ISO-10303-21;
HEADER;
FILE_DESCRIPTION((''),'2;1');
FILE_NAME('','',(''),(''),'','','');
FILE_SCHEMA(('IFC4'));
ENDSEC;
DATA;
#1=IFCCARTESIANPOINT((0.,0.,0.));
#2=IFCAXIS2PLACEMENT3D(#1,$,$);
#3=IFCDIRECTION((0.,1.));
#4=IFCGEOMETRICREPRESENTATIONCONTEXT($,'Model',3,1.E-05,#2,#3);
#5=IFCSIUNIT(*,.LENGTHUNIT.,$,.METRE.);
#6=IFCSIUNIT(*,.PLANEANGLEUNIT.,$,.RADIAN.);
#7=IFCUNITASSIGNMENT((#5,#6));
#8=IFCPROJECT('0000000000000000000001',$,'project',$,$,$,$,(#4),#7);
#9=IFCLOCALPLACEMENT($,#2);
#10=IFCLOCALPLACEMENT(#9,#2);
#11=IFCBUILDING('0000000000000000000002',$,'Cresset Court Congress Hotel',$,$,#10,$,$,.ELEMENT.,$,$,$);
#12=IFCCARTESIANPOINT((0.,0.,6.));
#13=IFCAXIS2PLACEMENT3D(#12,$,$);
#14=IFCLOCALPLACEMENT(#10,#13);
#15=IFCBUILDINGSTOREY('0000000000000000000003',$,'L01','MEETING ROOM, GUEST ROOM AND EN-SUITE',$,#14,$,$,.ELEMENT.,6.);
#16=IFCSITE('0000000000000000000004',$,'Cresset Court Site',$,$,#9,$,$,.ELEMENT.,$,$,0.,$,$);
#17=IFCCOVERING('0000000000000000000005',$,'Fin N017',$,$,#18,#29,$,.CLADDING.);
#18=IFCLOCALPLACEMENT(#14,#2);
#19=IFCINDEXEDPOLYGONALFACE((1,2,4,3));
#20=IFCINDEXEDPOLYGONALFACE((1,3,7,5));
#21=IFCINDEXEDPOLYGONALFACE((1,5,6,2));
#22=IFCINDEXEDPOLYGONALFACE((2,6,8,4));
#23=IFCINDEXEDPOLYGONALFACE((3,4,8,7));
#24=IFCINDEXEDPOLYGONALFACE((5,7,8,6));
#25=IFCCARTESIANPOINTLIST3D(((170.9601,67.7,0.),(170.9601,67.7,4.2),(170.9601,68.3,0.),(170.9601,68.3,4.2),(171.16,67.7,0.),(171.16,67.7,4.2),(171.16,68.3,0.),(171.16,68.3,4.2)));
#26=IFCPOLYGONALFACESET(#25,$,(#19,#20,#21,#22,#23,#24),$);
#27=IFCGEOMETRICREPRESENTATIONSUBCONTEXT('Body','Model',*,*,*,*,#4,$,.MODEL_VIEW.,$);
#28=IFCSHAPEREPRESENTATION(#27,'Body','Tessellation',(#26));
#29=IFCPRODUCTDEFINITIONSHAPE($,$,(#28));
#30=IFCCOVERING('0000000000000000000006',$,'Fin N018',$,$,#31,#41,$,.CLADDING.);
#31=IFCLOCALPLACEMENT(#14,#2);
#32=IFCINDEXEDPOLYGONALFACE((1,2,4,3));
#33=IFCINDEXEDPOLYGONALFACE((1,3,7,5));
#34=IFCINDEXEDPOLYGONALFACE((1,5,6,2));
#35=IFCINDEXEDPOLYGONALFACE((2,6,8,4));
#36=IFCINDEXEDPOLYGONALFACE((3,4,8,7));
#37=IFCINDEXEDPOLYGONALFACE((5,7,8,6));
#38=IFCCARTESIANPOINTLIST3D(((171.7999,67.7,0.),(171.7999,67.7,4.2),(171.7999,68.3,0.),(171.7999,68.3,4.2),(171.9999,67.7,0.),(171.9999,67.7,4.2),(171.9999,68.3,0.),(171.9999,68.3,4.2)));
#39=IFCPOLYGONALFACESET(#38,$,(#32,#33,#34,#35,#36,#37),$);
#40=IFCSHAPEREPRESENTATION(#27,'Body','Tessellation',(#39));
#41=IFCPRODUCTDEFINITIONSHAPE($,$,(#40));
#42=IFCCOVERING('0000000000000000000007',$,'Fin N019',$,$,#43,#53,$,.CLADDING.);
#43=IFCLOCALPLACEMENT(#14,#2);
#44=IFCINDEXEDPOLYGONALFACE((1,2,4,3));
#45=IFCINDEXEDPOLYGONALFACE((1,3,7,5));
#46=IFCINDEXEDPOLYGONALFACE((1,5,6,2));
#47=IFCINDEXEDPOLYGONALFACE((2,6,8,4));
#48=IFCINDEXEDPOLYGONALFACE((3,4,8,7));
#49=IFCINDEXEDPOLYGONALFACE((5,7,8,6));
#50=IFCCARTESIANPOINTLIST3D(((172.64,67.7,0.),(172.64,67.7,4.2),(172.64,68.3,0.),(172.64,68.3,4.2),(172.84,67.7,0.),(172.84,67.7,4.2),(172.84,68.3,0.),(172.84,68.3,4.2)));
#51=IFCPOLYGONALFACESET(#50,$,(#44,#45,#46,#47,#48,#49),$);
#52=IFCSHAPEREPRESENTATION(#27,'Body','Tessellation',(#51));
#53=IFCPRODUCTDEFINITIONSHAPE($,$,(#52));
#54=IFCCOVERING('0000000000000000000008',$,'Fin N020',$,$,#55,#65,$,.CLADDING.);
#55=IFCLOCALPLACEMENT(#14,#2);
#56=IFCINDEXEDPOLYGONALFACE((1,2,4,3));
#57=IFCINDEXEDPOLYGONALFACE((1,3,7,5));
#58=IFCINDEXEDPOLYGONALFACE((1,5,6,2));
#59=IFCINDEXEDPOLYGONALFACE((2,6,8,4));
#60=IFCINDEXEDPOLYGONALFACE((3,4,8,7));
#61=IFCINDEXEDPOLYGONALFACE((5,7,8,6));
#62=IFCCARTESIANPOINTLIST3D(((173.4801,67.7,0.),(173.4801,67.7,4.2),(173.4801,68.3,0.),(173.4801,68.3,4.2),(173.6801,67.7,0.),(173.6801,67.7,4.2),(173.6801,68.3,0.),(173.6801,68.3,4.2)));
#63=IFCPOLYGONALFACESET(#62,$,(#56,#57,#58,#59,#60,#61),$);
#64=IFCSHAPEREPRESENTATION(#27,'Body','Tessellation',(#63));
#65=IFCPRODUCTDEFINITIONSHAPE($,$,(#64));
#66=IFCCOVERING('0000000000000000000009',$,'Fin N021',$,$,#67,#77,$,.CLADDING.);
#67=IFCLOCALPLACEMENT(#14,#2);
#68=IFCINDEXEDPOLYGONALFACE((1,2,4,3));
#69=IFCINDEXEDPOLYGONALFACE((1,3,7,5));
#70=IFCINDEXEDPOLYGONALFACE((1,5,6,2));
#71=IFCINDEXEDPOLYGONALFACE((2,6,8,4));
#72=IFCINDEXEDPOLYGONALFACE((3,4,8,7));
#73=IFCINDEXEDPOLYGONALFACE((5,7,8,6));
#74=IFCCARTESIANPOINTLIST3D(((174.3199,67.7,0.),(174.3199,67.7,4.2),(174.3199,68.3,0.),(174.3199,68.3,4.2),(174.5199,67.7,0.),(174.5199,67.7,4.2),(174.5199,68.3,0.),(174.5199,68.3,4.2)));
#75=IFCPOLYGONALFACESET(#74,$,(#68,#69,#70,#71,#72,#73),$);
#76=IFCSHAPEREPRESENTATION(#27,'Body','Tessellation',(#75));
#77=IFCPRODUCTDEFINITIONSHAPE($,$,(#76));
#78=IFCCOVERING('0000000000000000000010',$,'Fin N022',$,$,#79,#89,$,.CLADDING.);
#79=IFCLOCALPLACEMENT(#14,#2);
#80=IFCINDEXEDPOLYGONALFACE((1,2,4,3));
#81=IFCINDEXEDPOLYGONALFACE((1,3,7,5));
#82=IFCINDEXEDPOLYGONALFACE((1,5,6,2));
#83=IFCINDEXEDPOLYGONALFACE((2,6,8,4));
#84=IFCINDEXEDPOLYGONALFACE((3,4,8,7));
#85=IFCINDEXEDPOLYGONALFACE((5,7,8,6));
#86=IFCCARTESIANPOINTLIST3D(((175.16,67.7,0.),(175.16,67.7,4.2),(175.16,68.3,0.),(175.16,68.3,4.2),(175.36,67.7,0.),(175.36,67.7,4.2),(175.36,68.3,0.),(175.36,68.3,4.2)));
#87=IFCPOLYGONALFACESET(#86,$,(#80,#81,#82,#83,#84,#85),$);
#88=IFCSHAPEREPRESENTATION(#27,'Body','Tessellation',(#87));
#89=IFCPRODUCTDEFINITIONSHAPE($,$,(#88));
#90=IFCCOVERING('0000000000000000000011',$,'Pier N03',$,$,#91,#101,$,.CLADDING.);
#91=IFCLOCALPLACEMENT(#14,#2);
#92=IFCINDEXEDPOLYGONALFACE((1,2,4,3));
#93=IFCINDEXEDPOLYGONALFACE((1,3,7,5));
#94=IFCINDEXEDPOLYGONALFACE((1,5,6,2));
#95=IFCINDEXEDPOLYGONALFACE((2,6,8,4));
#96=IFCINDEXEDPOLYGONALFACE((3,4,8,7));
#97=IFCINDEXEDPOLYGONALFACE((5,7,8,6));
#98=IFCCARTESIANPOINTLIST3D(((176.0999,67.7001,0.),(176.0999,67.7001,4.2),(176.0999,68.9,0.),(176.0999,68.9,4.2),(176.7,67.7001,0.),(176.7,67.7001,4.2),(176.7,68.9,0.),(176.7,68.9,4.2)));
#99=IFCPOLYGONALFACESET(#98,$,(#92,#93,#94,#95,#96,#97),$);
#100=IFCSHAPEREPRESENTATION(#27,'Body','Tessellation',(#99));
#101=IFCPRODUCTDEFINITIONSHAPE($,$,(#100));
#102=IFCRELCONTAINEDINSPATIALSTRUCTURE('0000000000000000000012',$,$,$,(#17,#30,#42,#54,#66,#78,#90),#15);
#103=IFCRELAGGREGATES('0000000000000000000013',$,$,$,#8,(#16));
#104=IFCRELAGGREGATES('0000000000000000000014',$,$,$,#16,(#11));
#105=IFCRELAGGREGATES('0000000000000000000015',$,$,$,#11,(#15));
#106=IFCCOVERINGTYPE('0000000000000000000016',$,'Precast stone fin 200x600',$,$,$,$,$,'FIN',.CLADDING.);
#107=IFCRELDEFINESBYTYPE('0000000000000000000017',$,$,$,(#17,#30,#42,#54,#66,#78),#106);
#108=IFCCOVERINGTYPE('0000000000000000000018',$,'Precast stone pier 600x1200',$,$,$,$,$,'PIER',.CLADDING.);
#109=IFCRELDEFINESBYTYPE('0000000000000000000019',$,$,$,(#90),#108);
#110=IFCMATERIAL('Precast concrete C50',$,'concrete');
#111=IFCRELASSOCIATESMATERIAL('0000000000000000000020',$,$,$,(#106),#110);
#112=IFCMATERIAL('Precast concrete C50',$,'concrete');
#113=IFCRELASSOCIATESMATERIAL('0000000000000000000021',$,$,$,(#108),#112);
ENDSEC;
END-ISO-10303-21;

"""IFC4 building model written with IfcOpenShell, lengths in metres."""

from ifc_helpers import new_model, si_unit, direction, frame, origin, origin_2d, place, context, subcontext, project, spatial, rectangle, extrude, material, type_object, element, save


model = new_model("IFC4")

# Units and contexts
model_context = context("Model", 3, precision=1e-05, world=origin(), true_north=direction((0.0, 1.0)))
body_context = subcontext(model_context, "Body", "Model", "MODEL_VIEW")
ifc_project = project(units=[si_unit("LENGTHUNIT", "METRE"), si_unit("PLANEANGLEUNIT", "RADIAN")], contexts=[model_context])

# Site, building, storey
site_placement = place(None, origin())
site = spatial("IfcSite", under=ifc_project, at=site_placement, Name="Cresset Court Site", CompositionType="ELEMENT", RefElevation=0.0)
building_placement = place(site_placement, origin())
building = spatial("IfcBuilding", under=site, at=building_placement, Name="Cresset Court Congress Hotel", CompositionType="ELEMENT")
storey_placement = place(building_placement, frame((0.0, 0.0, 6.0)))
storey = spatial("IfcBuildingStorey", under=building, at=storey_placement, Name="L01", Description="MEETING ROOM, GUEST ROOM AND EN-SUITE", CompositionType="ELEMENT", Elevation=6.0)

# Coverings
ifc_material_1 = material(Name="Precast concrete C50", Category="concrete")
covering_type_1 = type_object("IfcCoveringType", Name="Precast stone fin 200x600", ElementType="FIN", PredefinedType="CLADDING", material=ifc_material_1)
for number, where, z_axis, x_axis, name in (
    (1, (171.0601, 68.0, 0.0), (0.0, 0.0, 1.0), (1.0, 0.0, 0.0), "Fin N017"),
    (2, (171.8999, 68.0, 0.0), (0.0, 0.0, 1.0), (1.0, 0.0, 0.0), "Fin N018"),
    (3, (172.74, 68.0, 0.0), (0.0, 0.0, 1.0), (1.0, 0.0, 0.0), "Fin N019"),
    (4, (173.5801, 68.0, 0.0), (0.0, 0.0, 1.0), (1.0, 0.0, 0.0), "Fin N020"),
    (5, (174.4199, 68.0, 0.0), (0.0, 0.0, 1.0), (1.0, 0.0, 0.0), "Fin N021"),
    (6, (175.26, 68.0, 0.0), (0.0, 0.0, 1.0), (1.0, 0.0, 0.0), "Fin N022"),
):
    element("IfcCovering", number, at=place(storey_placement, frame(where, z_axis=z_axis, x_axis=x_axis)), inside=storey, type_object=covering_type_1, Name=name, PredefinedType="CLADDING", context=body_context, shape_type="SweptSolid", body=[
        extrude(rectangle(XDim=0.2, YDim=0.6001, at=origin_2d()), origin(), (0.0, 0.0, 1.0), 4.2),
    ])
ifc_material_2 = material(Name="Precast concrete C50", Category="concrete")
covering_type_2 = type_object("IfcCoveringType", Name="Precast stone pier 600x1200", ElementType="PIER", PredefinedType="CLADDING", material=ifc_material_2)
covering_placement = place(storey_placement, frame((176.3999, 68.3, 0.0), z_axis=(0.0, 0.0, 1.0), x_axis=(1.0, 0.0, 0.0)))
element("IfcCovering", 7, at=covering_placement, inside=storey, type_object=covering_type_2, Name="Pier N03", PredefinedType="CLADDING", context=body_context, shape_type="SweptSolid", body=[
    extrude(rectangle(XDim=0.6001, YDim=1.2, at=origin_2d()), origin(), (0.0, 0.0, 1.0), 4.2),
])

save(model, "model.ifc")
